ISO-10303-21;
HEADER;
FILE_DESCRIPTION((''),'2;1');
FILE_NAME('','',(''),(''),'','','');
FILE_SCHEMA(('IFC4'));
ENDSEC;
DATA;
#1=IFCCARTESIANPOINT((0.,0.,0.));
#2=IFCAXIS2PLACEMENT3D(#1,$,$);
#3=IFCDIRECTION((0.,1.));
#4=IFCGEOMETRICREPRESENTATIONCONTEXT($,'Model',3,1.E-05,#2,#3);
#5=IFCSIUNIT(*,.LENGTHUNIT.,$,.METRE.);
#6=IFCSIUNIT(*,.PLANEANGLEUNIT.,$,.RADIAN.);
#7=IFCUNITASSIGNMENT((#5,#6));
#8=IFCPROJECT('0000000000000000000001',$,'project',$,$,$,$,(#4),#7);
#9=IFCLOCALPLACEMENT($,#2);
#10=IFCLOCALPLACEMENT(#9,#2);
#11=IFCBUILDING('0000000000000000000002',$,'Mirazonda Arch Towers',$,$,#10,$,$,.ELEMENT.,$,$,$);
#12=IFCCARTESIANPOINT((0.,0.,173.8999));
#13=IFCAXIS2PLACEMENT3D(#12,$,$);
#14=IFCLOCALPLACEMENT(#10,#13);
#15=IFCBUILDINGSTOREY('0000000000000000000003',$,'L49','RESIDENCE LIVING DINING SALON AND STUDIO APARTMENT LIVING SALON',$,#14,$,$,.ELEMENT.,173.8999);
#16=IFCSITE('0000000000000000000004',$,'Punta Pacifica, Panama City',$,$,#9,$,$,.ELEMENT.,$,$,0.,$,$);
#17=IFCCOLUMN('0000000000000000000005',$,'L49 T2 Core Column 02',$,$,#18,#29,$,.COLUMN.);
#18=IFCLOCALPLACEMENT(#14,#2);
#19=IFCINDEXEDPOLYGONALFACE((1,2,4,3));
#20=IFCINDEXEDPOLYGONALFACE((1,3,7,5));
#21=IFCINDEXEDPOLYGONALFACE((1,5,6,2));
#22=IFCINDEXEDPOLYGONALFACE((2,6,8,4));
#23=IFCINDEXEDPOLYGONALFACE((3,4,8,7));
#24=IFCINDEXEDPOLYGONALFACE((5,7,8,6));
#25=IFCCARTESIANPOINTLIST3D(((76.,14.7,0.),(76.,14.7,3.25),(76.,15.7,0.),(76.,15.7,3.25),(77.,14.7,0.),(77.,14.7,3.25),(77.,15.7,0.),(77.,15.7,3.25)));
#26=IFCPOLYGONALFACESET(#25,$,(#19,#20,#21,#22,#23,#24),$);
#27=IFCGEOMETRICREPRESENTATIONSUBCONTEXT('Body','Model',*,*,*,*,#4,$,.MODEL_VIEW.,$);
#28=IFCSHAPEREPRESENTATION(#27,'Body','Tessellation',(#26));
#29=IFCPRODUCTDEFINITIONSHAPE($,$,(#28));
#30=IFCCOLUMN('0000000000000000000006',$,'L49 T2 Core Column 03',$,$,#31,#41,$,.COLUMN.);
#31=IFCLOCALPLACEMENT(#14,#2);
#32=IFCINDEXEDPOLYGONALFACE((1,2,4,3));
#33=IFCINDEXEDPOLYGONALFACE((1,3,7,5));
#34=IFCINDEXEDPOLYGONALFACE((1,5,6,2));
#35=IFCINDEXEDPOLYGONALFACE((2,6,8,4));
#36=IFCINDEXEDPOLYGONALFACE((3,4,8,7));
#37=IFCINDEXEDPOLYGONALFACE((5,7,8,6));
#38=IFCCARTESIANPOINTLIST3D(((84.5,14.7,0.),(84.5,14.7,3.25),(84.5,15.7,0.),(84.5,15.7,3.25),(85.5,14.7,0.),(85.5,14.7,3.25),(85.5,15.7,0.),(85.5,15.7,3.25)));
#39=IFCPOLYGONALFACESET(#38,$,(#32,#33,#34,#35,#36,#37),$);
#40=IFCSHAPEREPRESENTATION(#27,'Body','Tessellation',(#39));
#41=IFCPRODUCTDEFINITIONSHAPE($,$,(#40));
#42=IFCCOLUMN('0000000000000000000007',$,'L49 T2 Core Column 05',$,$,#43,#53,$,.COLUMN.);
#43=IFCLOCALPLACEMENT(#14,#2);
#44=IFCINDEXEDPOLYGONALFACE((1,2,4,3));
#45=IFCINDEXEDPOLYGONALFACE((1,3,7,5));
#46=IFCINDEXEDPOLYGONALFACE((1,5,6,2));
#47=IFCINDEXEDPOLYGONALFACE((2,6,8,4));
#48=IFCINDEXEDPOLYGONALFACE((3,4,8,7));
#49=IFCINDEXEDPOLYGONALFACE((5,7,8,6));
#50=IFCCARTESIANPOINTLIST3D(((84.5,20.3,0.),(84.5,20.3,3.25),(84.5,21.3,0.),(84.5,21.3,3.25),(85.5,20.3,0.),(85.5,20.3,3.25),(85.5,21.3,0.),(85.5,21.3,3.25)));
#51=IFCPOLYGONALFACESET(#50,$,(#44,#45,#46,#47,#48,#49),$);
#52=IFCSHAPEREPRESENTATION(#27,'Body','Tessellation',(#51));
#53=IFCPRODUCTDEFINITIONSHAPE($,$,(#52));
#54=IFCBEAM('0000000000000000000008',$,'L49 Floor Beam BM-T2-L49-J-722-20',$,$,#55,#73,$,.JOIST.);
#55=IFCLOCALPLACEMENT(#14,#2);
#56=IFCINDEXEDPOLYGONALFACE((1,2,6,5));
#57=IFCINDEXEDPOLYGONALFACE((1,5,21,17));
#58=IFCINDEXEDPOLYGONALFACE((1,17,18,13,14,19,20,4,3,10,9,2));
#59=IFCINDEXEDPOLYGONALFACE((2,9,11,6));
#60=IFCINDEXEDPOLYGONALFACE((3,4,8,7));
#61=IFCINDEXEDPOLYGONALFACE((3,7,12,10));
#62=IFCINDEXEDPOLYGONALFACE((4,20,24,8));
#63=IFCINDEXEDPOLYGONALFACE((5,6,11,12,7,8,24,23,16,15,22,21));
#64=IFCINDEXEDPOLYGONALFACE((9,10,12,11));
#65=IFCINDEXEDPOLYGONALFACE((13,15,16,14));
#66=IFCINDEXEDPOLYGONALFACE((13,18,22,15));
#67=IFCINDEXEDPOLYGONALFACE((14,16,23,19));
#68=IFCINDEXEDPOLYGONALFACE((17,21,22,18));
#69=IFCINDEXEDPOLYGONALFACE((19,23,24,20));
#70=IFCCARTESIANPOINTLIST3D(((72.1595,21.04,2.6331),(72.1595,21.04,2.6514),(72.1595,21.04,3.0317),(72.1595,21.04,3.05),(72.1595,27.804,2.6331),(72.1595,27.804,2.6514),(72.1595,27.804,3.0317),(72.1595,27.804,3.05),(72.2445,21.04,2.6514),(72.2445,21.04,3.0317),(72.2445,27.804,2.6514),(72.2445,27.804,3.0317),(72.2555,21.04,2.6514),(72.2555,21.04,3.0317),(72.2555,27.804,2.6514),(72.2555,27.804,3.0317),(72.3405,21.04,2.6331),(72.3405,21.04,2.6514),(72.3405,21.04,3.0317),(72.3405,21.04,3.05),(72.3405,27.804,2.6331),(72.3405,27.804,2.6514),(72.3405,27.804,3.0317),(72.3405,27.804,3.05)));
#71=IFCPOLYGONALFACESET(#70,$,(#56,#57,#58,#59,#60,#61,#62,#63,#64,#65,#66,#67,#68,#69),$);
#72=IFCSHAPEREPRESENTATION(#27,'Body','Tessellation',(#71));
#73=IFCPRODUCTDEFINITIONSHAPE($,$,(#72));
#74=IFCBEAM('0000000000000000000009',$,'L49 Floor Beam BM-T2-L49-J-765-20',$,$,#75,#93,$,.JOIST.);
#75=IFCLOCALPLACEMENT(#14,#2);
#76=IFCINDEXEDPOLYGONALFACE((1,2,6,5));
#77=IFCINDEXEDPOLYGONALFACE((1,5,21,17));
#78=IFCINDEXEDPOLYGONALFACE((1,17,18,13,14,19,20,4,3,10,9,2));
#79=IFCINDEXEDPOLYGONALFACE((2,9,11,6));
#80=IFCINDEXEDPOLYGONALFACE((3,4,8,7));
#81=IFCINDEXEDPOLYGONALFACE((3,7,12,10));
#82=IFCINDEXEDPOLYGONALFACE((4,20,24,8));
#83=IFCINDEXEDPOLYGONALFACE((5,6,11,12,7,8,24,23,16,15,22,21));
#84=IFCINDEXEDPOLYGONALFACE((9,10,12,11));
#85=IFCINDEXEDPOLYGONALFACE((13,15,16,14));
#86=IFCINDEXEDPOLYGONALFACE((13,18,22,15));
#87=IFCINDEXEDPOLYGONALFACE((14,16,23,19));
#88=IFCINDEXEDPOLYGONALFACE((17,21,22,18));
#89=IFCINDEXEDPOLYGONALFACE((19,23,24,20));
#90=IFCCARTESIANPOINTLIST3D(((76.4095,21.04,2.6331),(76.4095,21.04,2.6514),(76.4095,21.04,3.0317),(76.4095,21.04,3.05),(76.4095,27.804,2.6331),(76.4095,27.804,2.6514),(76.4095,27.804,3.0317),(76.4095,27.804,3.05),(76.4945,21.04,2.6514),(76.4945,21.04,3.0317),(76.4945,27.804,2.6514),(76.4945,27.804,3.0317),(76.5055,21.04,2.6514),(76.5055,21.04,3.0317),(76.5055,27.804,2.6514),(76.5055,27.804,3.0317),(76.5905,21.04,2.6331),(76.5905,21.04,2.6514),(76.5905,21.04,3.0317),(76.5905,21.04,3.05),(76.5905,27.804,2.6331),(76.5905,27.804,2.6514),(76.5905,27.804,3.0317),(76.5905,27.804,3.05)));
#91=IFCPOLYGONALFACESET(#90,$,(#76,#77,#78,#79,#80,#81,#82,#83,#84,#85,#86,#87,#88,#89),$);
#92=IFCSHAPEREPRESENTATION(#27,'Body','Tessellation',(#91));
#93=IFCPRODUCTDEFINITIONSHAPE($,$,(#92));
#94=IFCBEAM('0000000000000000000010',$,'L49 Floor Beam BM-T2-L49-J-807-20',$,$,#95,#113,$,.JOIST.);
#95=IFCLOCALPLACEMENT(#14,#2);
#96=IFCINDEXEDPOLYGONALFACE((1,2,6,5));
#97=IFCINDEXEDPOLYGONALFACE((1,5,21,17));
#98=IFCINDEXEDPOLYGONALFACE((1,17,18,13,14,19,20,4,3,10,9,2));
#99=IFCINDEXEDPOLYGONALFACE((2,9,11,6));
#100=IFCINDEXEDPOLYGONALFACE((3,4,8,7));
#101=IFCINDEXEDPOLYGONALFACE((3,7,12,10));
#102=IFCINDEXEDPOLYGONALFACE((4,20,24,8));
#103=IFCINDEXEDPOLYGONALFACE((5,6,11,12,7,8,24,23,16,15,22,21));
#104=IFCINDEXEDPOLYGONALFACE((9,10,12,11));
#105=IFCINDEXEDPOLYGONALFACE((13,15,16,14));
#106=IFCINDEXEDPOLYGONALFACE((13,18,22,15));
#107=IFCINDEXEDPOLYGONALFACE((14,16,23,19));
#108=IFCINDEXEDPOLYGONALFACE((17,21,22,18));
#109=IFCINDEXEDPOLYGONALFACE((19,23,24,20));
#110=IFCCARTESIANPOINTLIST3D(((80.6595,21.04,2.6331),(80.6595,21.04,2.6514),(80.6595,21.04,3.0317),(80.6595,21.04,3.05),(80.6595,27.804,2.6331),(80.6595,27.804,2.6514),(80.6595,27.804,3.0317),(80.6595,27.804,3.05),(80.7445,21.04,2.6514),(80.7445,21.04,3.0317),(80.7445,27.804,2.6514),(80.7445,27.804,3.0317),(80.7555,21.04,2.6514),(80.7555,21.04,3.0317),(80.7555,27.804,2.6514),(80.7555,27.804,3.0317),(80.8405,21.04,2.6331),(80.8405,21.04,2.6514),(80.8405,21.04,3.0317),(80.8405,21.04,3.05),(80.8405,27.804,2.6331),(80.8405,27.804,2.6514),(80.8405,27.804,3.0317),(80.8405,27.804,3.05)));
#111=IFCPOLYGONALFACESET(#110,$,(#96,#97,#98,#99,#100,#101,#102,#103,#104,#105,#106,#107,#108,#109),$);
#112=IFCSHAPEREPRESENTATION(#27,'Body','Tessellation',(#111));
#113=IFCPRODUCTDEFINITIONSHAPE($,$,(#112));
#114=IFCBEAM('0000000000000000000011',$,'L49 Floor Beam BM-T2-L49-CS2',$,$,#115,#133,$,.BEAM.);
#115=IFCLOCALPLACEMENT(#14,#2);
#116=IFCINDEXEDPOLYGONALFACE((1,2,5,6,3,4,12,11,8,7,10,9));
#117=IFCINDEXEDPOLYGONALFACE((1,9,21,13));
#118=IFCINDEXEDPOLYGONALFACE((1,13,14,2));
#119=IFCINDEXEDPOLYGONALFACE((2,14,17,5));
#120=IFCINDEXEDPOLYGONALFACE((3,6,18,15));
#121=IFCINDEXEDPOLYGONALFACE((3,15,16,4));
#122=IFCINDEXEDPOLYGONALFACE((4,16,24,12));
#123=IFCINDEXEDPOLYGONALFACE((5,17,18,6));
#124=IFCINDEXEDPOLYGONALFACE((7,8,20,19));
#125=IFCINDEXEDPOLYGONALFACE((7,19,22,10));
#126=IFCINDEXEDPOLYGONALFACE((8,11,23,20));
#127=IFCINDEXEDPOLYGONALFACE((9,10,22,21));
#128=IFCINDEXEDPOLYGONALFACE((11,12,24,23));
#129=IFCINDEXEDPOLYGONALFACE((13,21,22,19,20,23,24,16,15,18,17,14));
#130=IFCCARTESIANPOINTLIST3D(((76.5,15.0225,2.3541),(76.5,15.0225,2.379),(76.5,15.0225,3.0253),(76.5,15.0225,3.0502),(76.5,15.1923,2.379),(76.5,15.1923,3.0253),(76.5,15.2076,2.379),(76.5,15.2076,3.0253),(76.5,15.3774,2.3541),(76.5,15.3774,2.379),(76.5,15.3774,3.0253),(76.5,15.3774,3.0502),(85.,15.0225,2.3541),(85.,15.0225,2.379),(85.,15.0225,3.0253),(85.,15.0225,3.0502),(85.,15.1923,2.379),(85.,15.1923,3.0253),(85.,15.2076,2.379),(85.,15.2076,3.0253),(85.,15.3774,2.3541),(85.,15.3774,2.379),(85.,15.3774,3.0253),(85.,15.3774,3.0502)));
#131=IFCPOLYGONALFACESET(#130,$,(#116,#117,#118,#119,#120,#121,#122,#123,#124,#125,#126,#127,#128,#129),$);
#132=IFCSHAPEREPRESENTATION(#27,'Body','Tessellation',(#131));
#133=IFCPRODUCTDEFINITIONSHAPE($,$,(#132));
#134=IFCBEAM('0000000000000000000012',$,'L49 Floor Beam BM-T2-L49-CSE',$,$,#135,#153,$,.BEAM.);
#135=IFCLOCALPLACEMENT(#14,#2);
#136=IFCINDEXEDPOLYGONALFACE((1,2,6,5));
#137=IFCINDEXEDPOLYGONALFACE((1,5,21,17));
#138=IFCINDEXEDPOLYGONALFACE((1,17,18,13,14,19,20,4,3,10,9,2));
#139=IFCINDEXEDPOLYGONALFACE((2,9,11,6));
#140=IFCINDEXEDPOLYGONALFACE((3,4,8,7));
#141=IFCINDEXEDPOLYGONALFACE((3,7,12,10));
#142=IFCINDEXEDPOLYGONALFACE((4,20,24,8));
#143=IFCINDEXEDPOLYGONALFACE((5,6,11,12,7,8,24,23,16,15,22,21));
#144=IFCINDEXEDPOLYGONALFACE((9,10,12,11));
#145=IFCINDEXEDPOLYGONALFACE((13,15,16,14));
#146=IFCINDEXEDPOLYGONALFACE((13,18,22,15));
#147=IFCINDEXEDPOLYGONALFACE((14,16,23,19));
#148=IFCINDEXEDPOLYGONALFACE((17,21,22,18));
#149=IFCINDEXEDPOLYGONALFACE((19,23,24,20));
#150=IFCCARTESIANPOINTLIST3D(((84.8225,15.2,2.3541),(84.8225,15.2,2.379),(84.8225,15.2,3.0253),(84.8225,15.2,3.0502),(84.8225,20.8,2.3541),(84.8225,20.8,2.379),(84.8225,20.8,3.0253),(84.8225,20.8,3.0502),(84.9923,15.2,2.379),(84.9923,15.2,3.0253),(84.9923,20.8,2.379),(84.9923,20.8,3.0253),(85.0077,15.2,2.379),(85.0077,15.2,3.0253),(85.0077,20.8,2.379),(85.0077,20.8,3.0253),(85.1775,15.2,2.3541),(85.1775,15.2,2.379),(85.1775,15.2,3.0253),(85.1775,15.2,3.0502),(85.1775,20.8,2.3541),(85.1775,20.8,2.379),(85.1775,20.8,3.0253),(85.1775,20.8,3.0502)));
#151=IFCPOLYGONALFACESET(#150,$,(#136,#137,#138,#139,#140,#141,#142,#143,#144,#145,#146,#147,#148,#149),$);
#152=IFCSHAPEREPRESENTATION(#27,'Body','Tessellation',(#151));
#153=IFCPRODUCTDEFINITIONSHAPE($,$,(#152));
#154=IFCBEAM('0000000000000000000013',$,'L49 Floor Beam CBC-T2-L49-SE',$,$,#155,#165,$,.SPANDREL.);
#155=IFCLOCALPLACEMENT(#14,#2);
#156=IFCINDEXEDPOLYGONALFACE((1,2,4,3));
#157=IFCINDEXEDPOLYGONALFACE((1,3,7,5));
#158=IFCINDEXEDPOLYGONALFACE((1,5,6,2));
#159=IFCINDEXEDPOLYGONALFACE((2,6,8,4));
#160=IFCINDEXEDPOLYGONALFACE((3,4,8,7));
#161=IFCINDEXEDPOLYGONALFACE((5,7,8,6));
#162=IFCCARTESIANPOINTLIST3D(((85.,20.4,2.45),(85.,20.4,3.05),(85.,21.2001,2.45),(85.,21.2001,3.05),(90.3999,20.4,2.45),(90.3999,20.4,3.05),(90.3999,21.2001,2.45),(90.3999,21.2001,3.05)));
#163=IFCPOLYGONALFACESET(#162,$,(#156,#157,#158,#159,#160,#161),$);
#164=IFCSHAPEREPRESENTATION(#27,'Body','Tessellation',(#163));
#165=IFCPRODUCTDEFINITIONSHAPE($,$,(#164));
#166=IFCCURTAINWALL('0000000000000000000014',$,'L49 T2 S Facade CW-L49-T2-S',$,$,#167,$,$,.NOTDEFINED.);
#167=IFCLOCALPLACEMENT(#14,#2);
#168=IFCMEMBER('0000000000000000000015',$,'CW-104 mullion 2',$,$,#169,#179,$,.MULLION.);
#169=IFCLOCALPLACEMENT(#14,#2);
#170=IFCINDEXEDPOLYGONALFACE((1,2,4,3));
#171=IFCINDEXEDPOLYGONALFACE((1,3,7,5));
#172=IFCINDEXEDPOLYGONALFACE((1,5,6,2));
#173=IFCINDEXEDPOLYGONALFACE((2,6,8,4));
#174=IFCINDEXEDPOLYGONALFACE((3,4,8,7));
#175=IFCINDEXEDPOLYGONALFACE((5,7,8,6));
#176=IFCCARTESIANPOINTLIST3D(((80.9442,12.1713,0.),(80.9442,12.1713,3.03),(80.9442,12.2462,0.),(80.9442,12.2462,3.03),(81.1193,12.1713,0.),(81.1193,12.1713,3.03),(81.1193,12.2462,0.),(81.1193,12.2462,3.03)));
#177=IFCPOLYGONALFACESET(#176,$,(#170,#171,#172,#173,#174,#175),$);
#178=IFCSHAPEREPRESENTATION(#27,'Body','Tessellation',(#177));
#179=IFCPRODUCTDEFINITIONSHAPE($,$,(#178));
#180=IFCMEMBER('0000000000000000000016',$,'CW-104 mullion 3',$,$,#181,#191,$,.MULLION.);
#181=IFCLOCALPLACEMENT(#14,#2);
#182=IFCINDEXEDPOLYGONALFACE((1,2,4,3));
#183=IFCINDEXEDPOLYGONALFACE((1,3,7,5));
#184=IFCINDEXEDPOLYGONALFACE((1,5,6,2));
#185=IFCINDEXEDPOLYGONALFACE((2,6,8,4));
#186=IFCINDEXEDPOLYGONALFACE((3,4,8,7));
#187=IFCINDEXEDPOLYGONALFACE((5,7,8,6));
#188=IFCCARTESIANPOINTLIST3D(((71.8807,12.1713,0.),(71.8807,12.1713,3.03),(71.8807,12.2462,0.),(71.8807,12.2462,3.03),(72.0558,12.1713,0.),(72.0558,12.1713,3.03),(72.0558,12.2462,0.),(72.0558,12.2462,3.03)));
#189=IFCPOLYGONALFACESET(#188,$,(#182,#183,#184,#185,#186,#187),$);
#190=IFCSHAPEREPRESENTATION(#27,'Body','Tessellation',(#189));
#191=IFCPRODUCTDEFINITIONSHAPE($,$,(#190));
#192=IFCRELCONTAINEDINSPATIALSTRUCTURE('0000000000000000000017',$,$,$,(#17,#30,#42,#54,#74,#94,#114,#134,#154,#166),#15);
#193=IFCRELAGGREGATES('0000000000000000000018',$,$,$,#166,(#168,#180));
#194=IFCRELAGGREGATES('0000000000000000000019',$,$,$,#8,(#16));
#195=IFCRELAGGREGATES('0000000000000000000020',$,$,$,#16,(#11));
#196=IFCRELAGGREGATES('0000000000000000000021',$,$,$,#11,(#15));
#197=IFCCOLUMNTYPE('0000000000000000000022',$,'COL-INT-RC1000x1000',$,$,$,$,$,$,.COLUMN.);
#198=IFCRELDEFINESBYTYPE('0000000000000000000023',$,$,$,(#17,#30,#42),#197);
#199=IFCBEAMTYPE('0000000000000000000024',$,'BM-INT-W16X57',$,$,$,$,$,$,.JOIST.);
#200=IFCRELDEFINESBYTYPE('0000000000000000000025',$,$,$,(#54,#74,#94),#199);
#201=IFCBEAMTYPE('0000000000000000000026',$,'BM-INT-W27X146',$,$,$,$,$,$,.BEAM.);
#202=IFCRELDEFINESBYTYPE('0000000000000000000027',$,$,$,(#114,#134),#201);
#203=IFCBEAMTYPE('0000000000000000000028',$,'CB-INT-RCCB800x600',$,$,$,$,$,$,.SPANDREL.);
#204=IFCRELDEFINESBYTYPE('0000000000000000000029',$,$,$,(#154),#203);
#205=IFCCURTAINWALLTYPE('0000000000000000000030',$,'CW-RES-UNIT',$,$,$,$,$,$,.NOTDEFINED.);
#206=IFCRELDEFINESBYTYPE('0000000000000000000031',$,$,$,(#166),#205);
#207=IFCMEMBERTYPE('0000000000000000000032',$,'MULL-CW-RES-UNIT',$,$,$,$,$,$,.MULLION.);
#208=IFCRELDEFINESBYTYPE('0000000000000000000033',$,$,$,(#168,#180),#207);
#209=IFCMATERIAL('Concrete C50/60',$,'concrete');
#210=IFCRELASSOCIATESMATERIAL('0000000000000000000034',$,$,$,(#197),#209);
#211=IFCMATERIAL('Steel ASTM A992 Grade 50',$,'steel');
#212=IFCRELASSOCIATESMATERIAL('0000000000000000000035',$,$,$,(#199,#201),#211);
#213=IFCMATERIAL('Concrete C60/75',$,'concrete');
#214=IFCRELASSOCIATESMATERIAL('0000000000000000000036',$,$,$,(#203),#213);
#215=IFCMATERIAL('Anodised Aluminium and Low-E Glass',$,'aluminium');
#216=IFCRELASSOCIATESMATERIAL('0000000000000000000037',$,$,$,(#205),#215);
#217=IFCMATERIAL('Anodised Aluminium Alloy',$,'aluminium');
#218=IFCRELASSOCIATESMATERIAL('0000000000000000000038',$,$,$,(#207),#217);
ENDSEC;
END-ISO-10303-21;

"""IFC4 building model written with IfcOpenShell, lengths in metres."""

from ifc_helpers import new_model, si_unit, direction, frame, origin, origin_2d, place, context, subcontext, project, spatial, rectangle, i_section, extrude, material, material_profile, profile_set, type_object, element, aggregate, save


model = new_model("IFC4")

# Units and contexts
model_context = context("Model", 3, precision=1e-05, world=origin(), true_north=direction((0.0, 1.0)))
body_context = subcontext(model_context, "Body", "Model", "MODEL_VIEW")
ifc_project = project(units=[si_unit("LENGTHUNIT", "METRE"), si_unit("PLANEANGLEUNIT", "RADIAN")], contexts=[model_context])

# Site, building, storey
site_placement = place(None, origin())
site = spatial("IfcSite", under=ifc_project, at=site_placement, Name="Punta Pacifica, Panama City", CompositionType="ELEMENT", RefElevation=0.0)
building_placement = place(site_placement, origin())
building = spatial("IfcBuilding", under=site, at=building_placement, Name="Mirazonda Arch Towers", CompositionType="ELEMENT")
storey_placement = place(building_placement, frame((0.0, 0.0, 173.8999)))
storey = spatial("IfcBuildingStorey", under=building, at=storey_placement, Name="L49", Description="RESIDENCE LIVING DINING SALON AND STUDIO APARTMENT LIVING SALON", CompositionType="ELEMENT", Elevation=173.8999)

# Columns
ifc_material_1 = material(Name="Concrete C50/60", Category="concrete")
ifc_material_profile_1 = material_profile(ifc_material_1, rectangle(XDim=1.0, YDim=1.0, at=origin_2d()), Name="RC1000x1000")
ifc_profile_set_1 = profile_set([ifc_material_profile_1], Name="Concrete C50/60")
column_type = type_object("IfcColumnType", Name="COL-INT-RC1000x1000", PredefinedType="COLUMN", material=ifc_profile_set_1)
for number, where, z_axis, x_axis, name in (
    (1, (76.5, 15.2, 0.0), (0.0, 0.0, 1.0), (1.0, 0.0, 0.0), "L49 T2 Core Column 02"),
    (2, (85.0, 15.2, 0.0), (0.0, 0.0, 1.0), (1.0, 0.0, 0.0), "L49 T2 Core Column 03"),
    (3, (85.0, 20.8, 0.0), (0.0, 0.0, 1.0), (1.0, 0.0, 0.0), "L49 T2 Core Column 05"),
):
    element("IfcColumn", number, at=place(storey_placement, frame(where, z_axis=z_axis, x_axis=x_axis)), inside=storey, type_object=column_type, Name=name, PredefinedType="COLUMN", context=body_context, shape_type="SweptSolid", body=[
        extrude(rectangle(XDim=1.0, YDim=1.0, at=origin_2d()), origin(), (0.0, 0.0, 1.0), 3.25),
    ])

# Beams
ifc_material_2 = material(Name="Steel ASTM A992 Grade 50", Category="steel")
ifc_material_profile_2 = material_profile(ifc_material_2, i_section(OverallWidth=0.1809, OverallDepth=0.417, WebThickness=0.011, FlangeThickness=0.0183, at=origin_2d()), Name="W16X57")
ifc_profile_set_2 = profile_set([ifc_material_profile_2], Name="Steel ASTM A992 Grade 50")
beam_type_1 = type_object("IfcBeamType", Name="BM-INT-W16X57", PredefinedType="JOIST", material=ifc_profile_set_2)
for number, where, z_axis, x_axis, name in (
    (4, (72.25, 21.04, 2.8416), (0.0, 1.0, 0.0), (-1.0, 0.0, 0.0), "L49 Floor Beam BM-T2-L49-J-722-20"),
    (5, (76.5, 21.04, 2.8416), (0.0, 1.0, 0.0), (-1.0, 0.0, 0.0), "L49 Floor Beam BM-T2-L49-J-765-20"),
    (6, (80.75, 21.04, 2.8416), (0.0, 1.0, 0.0), (-1.0, 0.0, 0.0), "L49 Floor Beam BM-T2-L49-J-807-20"),
):
    element("IfcBeam", number, at=place(storey_placement, frame(where, z_axis=z_axis, x_axis=x_axis)), inside=storey, type_object=beam_type_1, Name=name, PredefinedType="JOIST", context=body_context, shape_type="SweptSolid", body=[
        extrude(i_section(OverallWidth=0.1809, OverallDepth=0.417, WebThickness=0.011, FlangeThickness=0.0183, at=origin_2d()), origin(), (0.0, 0.0, 1.0), 6.7639),
    ])
ifc_material_profile_3 = material_profile(ifc_material_2, i_section(OverallWidth=0.355, OverallDepth=0.696, WebThickness=0.0154, FlangeThickness=0.0249, at=origin_2d()), Name="W27X146")
ifc_profile_set_3 = profile_set([ifc_material_profile_3], Name="Steel ASTM A992 Grade 50")
beam_type_2 = type_object("IfcBeamType", Name="BM-INT-W27X146", PredefinedType="BEAM", material=ifc_profile_set_3)
beam_1_placement = place(storey_placement, frame((76.5, 15.2, 2.7021), z_axis=(1.0, 0.0, 0.0), x_axis=(0.0, 1.0, 0.0)))
element("IfcBeam", 7, at=beam_1_placement, inside=storey, type_object=beam_type_2, Name="L49 Floor Beam BM-T2-L49-CS2", PredefinedType="BEAM", context=body_context, shape_type="SweptSolid", body=[
    extrude(i_section(OverallWidth=0.355, OverallDepth=0.696, WebThickness=0.0154, FlangeThickness=0.0249, at=origin_2d()), origin(), (0.0, 0.0, 1.0), 8.5),
])
beam_2_placement = place(storey_placement, frame((85.0, 15.2, 2.7021), z_axis=(0.0, 1.0, 0.0), x_axis=(-1.0, 0.0, 0.0)))
element("IfcBeam", 8, at=beam_2_placement, inside=storey, type_object=beam_type_2, Name="L49 Floor Beam BM-T2-L49-CSE", PredefinedType="BEAM", context=body_context, shape_type="SweptSolid", body=[
    extrude(i_section(OverallWidth=0.355, OverallDepth=0.696, WebThickness=0.0154, FlangeThickness=0.0249, at=origin_2d()), origin(), (0.0, 0.0, 1.0), 5.6001),
])
ifc_material_3 = material(Name="Concrete C60/75", Category="concrete")
ifc_material_profile_4 = material_profile(ifc_material_3, rectangle(XDim=0.8, YDim=0.6001, at=origin_2d()), Name="RCCB800x600")
ifc_profile_set_4 = profile_set([ifc_material_profile_4], Name="Concrete C60/75")
beam_type_3 = type_object("IfcBeamType", Name="CB-INT-RCCB800x600", PredefinedType="SPANDREL", material=ifc_profile_set_4)
beam_3_placement = place(storey_placement, frame((85.0, 20.8, 2.75), z_axis=(1.0, 0.0, 0.0), x_axis=(0.0, 1.0, 0.0)))
element("IfcBeam", 9, at=beam_3_placement, inside=storey, type_object=beam_type_3, Name="L49 Floor Beam CBC-T2-L49-SE", PredefinedType="SPANDREL", context=body_context, shape_type="SweptSolid", body=[
    extrude(rectangle(XDim=0.8, YDim=0.6001, at=origin_2d()), origin(), (0.0, 0.0, 1.0), 5.3999),
])

# Curtain wall, members
ifc_material_4 = material(Name="Anodised Aluminium and Low-E Glass", Category="aluminium")
curtain_wall_type = type_object("IfcCurtainWallType", Name="CW-RES-UNIT", PredefinedType="NOTDEFINED", material=ifc_material_4)
curtain_wall_placement = place(storey_placement, origin())
curtain_wall = element("IfcCurtainWall", 10, at=curtain_wall_placement, inside=storey, type_object=curtain_wall_type, Name="L49 T2 S Facade CW-L49-T2-S", PredefinedType="NOTDEFINED")
ifc_material_5 = material(Name="Anodised Aluminium Alloy", Category="aluminium")
ifc_material_profile_5 = material_profile(ifc_material_5, rectangle(XDim=0.075, YDim=0.175, at=origin_2d()), Name="ALU-MULL-75x175")
ifc_profile_set_5 = profile_set([ifc_material_profile_5], Name="Anodised Aluminium Alloy")
member_type_1 = type_object("IfcMemberType", Name="MULL-CW-RES-UNIT", PredefinedType="MULLION", material=ifc_profile_set_5)
member_1_placement = place(storey_placement, frame((81.0317, 12.2087, 0.0), z_axis=(0.0, 0.0, 1.0), x_axis=(0.0, -1.0, 0.0)))
member_1 = element("IfcMember", 11, at=member_1_placement, type_object=member_type_1, Name="CW-104 mullion 2", PredefinedType="MULLION", context=body_context, shape_type="SweptSolid", body=[
    extrude(rectangle(XDim=0.075, YDim=0.175, at=origin_2d()), origin(), (0.0, 0.0, 1.0), 3.03),
])
member_2_placement = place(storey_placement, frame((71.9683, 12.2087, 0.0), z_axis=(0.0, 0.0, 1.0), x_axis=(0.0, -1.0, 0.0)))
member_2 = element("IfcMember", 12, at=member_2_placement, type_object=member_type_1, Name="CW-104 mullion 3", PredefinedType="MULLION", context=body_context, shape_type="SweptSolid", body=[
    extrude(rectangle(XDim=0.075, YDim=0.175, at=origin_2d()), origin(), (0.0, 0.0, 1.0), 3.03),
])
aggregate(curtain_wall, [member_1, member_2])

save(model, "model.ifc")
